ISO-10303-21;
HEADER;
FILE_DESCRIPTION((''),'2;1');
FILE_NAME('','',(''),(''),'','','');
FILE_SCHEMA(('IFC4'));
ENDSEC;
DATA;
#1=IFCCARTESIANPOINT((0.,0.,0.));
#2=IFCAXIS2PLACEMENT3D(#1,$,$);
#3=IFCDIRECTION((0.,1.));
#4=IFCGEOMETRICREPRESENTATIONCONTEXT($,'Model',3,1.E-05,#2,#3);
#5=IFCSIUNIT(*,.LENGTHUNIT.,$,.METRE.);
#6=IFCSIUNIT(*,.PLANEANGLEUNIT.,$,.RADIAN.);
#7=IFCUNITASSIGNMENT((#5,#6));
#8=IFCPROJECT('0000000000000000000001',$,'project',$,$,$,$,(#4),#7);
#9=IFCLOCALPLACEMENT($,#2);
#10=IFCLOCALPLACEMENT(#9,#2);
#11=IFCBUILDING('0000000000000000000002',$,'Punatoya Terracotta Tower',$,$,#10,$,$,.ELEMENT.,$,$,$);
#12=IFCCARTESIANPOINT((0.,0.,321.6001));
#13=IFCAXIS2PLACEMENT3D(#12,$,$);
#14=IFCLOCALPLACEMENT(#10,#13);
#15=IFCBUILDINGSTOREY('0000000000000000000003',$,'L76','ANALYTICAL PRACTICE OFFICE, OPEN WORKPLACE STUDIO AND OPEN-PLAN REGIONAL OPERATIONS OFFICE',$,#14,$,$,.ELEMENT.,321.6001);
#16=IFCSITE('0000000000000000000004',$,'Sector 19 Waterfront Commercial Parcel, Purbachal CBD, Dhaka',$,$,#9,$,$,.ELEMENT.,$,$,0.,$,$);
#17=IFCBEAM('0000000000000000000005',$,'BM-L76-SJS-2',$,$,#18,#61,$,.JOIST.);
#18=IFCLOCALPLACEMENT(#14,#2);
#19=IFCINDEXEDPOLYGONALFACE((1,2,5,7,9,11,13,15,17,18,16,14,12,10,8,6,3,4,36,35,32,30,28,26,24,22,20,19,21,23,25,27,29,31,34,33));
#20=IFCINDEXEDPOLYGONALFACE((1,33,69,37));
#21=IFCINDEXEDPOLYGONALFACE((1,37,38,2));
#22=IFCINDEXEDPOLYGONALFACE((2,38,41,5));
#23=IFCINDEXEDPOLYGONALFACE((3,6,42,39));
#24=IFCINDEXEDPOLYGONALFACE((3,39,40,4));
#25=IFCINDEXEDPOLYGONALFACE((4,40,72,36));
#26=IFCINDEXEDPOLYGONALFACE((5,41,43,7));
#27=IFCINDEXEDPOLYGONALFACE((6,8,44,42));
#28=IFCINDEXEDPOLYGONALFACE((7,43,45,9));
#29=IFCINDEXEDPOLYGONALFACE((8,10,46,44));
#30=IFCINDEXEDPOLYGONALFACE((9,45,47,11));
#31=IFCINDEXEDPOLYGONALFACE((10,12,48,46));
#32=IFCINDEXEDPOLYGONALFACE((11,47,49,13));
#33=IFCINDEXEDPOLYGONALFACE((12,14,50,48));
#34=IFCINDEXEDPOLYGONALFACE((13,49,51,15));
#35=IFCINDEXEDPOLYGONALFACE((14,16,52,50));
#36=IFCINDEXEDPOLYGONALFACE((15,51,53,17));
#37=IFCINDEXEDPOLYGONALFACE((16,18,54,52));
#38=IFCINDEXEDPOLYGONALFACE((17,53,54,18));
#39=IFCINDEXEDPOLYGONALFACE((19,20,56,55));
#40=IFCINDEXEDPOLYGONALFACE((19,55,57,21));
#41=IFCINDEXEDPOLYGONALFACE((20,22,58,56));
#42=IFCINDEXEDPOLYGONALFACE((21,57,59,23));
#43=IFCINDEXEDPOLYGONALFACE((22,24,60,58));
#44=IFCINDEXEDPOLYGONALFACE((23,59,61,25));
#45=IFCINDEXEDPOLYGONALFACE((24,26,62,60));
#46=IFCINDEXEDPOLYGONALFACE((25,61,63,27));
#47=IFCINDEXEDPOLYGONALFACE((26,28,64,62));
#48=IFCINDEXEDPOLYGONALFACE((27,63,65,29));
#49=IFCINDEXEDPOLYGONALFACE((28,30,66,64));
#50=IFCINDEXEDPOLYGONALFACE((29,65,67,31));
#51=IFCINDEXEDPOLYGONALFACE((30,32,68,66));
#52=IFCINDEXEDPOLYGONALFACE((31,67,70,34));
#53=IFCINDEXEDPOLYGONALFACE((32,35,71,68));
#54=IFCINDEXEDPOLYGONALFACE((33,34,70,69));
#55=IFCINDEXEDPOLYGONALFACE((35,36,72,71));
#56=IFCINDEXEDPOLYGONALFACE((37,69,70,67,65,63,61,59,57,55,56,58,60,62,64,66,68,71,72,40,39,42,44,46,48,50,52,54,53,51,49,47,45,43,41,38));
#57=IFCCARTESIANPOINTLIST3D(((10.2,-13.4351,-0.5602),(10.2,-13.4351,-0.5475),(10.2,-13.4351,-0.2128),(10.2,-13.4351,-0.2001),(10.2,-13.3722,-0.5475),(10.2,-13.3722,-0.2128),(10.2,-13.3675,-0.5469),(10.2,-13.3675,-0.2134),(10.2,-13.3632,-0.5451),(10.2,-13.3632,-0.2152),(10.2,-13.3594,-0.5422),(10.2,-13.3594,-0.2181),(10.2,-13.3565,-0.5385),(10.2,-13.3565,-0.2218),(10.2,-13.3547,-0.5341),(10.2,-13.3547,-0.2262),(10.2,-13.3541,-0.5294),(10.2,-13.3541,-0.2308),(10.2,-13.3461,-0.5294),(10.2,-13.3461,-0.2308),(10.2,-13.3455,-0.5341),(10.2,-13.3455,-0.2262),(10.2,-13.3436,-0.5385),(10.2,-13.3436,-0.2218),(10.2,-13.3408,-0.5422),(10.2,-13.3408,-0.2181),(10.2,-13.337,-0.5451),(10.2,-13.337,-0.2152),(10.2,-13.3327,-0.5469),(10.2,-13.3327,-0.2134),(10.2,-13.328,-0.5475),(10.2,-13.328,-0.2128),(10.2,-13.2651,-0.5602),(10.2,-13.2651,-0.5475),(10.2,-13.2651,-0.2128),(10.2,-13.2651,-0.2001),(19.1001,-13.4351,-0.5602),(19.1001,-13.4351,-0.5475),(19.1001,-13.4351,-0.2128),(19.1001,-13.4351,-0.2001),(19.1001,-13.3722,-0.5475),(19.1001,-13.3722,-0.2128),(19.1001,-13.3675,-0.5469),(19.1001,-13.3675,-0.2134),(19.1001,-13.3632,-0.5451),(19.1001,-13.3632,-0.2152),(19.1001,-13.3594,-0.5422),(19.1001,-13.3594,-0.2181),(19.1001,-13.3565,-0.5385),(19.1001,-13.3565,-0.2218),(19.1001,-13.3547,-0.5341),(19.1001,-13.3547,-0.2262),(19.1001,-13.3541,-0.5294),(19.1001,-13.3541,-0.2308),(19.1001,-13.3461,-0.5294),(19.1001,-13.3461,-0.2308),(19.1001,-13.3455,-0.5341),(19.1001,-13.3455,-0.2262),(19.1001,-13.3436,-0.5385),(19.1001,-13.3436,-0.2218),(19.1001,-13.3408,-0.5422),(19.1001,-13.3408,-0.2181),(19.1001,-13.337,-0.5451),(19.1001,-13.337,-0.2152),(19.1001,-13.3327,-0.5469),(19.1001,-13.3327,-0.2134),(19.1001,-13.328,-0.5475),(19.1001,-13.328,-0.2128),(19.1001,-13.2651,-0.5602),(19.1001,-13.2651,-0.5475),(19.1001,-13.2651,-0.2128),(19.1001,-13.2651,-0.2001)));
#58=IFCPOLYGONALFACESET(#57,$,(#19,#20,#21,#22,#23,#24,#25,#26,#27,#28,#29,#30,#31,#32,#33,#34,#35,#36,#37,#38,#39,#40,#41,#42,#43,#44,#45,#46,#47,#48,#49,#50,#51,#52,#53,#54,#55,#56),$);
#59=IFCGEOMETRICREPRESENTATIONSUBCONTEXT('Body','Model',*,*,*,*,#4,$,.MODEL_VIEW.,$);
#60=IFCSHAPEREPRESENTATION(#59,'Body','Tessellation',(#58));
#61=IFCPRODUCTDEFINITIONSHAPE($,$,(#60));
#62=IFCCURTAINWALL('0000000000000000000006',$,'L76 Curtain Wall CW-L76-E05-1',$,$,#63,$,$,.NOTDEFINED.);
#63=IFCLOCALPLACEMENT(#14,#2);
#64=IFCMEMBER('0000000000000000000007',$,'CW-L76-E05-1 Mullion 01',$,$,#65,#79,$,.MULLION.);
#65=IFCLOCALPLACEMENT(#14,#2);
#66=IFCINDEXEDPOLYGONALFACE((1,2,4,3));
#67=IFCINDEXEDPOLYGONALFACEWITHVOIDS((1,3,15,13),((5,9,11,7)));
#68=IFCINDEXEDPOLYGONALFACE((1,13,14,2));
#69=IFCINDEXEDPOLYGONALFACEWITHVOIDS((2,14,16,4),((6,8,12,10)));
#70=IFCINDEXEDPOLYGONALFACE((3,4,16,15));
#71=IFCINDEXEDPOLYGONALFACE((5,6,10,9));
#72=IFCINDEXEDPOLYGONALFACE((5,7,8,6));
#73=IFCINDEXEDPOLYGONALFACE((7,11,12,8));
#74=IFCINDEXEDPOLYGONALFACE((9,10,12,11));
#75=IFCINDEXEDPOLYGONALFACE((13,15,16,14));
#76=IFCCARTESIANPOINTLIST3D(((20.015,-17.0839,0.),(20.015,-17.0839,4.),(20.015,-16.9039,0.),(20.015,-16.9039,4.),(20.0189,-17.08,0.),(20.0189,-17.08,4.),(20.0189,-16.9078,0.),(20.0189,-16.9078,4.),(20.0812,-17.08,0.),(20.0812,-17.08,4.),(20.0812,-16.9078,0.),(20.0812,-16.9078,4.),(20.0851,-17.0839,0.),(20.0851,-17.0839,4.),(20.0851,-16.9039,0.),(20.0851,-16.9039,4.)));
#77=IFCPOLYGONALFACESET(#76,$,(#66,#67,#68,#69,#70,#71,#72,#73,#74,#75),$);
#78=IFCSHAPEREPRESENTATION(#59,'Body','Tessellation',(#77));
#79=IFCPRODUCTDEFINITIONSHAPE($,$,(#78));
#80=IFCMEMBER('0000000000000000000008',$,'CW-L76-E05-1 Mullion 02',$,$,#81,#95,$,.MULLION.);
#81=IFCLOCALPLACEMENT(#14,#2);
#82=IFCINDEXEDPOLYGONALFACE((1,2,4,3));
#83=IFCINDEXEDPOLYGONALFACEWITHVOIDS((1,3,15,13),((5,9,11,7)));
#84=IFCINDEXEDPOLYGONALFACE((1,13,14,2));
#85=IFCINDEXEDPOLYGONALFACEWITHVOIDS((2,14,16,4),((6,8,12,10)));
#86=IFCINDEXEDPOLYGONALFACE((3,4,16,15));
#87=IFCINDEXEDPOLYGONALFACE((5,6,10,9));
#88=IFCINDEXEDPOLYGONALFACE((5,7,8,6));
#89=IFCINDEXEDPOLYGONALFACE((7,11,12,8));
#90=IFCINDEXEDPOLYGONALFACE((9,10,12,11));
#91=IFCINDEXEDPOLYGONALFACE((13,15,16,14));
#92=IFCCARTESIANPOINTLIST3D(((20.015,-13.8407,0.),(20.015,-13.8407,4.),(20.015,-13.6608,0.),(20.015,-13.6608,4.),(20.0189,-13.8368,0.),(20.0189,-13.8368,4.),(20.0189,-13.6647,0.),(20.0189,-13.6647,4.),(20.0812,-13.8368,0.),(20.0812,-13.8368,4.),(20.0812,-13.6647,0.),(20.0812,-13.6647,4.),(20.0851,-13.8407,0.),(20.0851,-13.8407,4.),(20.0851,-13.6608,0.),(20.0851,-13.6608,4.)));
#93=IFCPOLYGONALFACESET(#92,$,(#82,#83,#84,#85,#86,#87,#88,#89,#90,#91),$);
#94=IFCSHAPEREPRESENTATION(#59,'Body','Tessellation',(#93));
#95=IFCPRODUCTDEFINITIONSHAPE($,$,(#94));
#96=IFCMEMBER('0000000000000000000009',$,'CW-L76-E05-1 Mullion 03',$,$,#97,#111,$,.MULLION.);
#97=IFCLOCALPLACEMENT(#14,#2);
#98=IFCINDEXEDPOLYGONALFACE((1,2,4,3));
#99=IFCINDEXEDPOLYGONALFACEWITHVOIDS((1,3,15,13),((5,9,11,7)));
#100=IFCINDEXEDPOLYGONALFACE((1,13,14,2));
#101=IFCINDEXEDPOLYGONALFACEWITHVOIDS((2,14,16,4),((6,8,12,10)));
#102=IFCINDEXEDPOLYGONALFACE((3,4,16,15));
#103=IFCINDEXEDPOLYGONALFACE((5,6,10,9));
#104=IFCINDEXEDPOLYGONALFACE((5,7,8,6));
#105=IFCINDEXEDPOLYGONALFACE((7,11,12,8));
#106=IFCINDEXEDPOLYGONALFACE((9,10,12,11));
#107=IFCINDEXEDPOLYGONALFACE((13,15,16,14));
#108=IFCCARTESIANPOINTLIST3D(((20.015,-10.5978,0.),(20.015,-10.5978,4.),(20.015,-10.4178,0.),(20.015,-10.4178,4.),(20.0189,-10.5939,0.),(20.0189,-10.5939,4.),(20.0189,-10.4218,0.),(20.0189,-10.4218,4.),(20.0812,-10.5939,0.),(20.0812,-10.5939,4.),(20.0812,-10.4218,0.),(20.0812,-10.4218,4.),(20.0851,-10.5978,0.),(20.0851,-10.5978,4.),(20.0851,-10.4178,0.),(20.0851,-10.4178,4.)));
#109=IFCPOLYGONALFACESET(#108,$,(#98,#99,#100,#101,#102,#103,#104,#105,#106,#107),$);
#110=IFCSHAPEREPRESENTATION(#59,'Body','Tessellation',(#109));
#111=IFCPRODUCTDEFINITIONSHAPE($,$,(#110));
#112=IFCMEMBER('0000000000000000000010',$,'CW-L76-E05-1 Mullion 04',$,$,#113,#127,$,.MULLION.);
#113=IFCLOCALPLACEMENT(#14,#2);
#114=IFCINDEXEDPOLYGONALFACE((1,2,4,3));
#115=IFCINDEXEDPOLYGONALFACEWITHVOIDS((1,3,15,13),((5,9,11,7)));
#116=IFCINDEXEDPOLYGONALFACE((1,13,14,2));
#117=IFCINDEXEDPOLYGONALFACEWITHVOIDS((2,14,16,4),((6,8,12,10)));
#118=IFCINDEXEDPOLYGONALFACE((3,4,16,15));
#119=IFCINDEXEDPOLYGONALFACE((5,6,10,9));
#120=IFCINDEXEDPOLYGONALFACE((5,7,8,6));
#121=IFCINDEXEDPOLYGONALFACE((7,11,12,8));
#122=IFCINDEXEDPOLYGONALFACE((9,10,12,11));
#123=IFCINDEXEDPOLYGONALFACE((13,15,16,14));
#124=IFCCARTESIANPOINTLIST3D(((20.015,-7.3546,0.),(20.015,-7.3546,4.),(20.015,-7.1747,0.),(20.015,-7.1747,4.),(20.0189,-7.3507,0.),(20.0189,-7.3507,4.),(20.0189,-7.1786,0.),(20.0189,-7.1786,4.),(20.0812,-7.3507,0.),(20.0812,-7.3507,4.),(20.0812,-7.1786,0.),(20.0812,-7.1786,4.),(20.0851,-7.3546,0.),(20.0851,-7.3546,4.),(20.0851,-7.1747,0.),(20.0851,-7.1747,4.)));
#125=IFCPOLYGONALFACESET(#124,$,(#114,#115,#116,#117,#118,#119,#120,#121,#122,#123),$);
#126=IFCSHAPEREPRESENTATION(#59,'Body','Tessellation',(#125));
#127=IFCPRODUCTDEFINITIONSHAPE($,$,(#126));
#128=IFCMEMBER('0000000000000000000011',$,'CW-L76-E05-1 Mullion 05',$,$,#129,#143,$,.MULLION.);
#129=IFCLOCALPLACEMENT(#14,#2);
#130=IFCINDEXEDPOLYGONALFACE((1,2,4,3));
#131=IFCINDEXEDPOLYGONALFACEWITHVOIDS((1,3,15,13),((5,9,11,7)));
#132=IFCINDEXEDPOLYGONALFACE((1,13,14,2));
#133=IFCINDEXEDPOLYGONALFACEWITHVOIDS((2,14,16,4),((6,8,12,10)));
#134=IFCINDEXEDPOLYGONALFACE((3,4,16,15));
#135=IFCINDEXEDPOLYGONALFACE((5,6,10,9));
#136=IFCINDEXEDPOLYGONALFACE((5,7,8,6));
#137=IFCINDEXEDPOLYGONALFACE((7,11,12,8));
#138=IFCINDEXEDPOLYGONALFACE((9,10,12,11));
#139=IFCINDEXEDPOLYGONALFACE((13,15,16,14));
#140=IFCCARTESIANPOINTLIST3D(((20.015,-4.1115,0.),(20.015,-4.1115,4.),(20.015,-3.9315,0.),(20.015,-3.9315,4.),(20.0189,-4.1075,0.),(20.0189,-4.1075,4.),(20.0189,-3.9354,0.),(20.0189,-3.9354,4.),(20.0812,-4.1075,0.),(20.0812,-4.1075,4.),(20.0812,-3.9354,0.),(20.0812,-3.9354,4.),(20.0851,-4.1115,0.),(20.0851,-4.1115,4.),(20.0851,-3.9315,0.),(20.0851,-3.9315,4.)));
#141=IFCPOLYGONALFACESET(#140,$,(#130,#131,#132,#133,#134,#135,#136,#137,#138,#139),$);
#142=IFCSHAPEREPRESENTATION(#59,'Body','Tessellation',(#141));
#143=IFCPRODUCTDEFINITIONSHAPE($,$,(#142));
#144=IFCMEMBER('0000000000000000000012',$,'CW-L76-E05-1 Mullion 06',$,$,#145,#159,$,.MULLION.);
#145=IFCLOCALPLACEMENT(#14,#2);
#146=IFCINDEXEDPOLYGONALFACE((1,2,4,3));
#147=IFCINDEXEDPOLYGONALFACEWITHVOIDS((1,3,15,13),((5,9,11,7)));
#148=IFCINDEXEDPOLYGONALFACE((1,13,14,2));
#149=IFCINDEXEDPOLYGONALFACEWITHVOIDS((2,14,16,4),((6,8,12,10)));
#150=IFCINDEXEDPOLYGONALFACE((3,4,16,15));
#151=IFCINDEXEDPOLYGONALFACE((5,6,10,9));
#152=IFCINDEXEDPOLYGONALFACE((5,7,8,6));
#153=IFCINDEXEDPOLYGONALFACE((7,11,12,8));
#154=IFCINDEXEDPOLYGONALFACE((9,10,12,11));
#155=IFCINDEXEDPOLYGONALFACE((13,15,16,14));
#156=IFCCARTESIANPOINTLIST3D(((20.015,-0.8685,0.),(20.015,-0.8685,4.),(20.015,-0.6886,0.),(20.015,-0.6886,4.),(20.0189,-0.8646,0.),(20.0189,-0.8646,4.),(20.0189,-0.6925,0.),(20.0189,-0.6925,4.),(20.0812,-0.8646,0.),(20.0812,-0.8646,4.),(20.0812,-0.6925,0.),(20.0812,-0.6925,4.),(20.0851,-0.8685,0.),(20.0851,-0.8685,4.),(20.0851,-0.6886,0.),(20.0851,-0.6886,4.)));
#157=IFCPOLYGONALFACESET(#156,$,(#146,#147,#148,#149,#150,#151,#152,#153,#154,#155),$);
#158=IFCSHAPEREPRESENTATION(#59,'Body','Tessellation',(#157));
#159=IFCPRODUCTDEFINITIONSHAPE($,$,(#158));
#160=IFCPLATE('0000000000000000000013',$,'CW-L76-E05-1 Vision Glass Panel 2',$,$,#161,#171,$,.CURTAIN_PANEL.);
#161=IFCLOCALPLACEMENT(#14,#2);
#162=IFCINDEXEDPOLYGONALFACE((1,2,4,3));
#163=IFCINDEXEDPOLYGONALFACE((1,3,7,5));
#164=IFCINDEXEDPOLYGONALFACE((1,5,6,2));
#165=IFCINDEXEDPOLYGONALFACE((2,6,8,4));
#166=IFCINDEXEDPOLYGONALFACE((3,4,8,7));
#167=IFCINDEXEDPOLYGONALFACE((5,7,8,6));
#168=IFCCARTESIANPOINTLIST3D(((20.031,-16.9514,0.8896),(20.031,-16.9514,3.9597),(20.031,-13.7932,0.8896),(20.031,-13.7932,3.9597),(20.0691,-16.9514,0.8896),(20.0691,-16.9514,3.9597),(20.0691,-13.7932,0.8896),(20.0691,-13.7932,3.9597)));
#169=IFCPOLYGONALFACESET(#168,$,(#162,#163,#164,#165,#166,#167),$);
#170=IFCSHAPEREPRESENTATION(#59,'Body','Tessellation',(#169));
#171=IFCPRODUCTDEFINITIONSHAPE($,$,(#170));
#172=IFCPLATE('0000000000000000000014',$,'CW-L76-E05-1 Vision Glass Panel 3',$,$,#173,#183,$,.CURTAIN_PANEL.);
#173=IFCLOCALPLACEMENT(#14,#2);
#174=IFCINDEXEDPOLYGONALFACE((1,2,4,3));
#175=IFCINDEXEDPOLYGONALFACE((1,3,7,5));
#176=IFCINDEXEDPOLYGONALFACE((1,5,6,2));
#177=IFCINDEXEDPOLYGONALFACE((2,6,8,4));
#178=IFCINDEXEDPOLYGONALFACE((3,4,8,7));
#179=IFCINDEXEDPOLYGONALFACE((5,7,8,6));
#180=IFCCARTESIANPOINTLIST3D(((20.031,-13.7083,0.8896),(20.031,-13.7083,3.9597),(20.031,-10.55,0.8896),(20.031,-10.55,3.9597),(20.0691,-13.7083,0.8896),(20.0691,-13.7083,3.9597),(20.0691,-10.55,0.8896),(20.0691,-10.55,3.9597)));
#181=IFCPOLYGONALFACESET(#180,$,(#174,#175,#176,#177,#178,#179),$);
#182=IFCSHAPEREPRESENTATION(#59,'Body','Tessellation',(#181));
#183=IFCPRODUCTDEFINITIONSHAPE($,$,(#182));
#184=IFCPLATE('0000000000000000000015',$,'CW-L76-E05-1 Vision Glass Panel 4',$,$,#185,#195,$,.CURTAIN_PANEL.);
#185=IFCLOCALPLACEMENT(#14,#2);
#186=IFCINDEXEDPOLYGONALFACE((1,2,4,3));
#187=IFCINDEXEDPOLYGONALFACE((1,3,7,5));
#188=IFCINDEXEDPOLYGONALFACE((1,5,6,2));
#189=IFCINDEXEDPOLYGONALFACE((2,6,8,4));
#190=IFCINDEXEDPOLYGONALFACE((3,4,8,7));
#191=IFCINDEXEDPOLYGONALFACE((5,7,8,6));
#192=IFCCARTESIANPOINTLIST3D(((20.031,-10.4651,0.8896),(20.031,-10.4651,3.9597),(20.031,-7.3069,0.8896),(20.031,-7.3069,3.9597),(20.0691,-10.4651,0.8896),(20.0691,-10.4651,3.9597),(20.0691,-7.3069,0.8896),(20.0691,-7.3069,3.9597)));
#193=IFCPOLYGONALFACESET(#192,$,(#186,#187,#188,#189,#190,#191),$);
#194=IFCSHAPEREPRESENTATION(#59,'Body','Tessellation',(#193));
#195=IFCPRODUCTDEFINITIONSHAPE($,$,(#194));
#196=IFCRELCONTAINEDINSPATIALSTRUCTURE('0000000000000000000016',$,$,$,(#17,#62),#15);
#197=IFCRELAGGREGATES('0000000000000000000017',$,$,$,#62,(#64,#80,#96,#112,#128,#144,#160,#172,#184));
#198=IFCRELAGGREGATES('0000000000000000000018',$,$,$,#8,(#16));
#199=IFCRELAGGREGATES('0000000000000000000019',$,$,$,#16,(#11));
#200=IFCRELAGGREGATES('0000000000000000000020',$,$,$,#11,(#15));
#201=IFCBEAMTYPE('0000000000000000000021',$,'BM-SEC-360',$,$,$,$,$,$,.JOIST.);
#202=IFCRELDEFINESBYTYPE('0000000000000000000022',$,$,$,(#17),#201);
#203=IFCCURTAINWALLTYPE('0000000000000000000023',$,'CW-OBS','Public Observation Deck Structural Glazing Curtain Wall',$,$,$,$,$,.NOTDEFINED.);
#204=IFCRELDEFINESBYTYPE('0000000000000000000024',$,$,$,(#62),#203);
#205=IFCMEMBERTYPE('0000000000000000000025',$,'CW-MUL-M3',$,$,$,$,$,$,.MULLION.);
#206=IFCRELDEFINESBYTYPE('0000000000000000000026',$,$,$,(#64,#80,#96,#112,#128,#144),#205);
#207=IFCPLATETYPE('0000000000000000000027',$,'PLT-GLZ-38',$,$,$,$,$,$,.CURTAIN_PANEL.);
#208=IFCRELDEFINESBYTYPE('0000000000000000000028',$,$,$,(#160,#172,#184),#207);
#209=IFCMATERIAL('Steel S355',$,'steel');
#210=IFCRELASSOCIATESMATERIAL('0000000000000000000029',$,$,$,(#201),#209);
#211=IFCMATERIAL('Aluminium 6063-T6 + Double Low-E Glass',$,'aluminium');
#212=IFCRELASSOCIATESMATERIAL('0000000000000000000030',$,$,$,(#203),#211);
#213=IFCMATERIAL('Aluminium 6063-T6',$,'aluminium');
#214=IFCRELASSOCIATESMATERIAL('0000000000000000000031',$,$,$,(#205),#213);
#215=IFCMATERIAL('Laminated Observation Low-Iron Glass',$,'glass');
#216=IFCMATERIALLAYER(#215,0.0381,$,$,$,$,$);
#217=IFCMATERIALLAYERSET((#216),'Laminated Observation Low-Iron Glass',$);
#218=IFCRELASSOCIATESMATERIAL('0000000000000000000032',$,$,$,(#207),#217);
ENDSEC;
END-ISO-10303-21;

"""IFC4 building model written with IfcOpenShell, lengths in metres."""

from ifc_helpers import new_model, si_unit, direction, frame, origin, origin_2d, place, context, subcontext, project, spatial, rectangle, hollow_rectangle, i_section, extrude, material, layer, layer_set, material_profile, profile_set, type_object, element, aggregate, save


model = new_model("IFC4")

# Units and contexts
model_context = context("Model", 3, precision=1e-05, world=origin(), true_north=direction((0.0, 1.0)))
body_context = subcontext(model_context, "Body", "Model", "MODEL_VIEW")
ifc_project = project(units=[si_unit("LENGTHUNIT", "METRE"), si_unit("PLANEANGLEUNIT", "RADIAN")], contexts=[model_context])

# Site, building, storey
site_placement = place(None, origin())
site = spatial("IfcSite", under=ifc_project, at=site_placement, Name="Sector 19 Waterfront Commercial Parcel, Purbachal CBD, Dhaka", CompositionType="ELEMENT", RefElevation=0.0)
building_placement = place(site_placement, origin())
building = spatial("IfcBuilding", under=site, at=building_placement, Name="Punatoya Terracotta Tower", CompositionType="ELEMENT")
storey_placement = place(building_placement, frame((0.0, 0.0, 321.6001)))
storey = spatial("IfcBuildingStorey", under=building, at=storey_placement, Name="L76", Description="ANALYTICAL PRACTICE OFFICE, OPEN WORKPLACE STUDIO AND OPEN-PLAN REGIONAL OPERATIONS OFFICE", CompositionType="ELEMENT", Elevation=321.6001)

# Beam
ifc_material_1 = material(Name="Steel S355", Category="steel")
ifc_material_profile_1 = material_profile(ifc_material_1, i_section(OverallWidth=0.1699, OverallDepth=0.3601, WebThickness=0.0081, FlangeThickness=0.0127, FilletRadius=0.0181, at=origin_2d()))
ifc_profile_set_1 = profile_set([ifc_material_profile_1], Name="Steel S355")
beam_type_1 = type_object("IfcBeamType", Name="BM-SEC-360", PredefinedType="JOIST", material=ifc_profile_set_1)
beam_1_placement = place(storey_placement, frame((10.2, -13.3501, -0.3801), z_axis=(1.0, 0.0, 0.0), x_axis=(0.0, 1.0, 0.0)))
element("IfcBeam", 1, at=beam_1_placement, inside=storey, type_object=beam_type_1, Name="BM-L76-SJS-2", PredefinedType="JOIST", context=body_context, shape_type="SweptSolid", body=[
    extrude(i_section(OverallWidth=0.1699, OverallDepth=0.3601, WebThickness=0.0081, FlangeThickness=0.0127, FilletRadius=0.0181, at=origin_2d()), origin(), (0.0, 0.0, 1.0), 8.9001),
])

# Curtain wall, members, plates
ifc_material_2 = material(Name="Aluminium 6063-T6 + Double Low-E Glass", Category="aluminium")
curtain_wall_type = type_object("IfcCurtainWallType", Name="CW-OBS", Description="Public Observation Deck Structural Glazing Curtain Wall", PredefinedType="NOTDEFINED", material=ifc_material_2)
curtain_wall_placement = place(storey_placement, origin())
curtain_wall = element("IfcCurtainWall", 2, at=curtain_wall_placement, inside=storey, type_object=curtain_wall_type, Name="L76 Curtain Wall CW-L76-E05-1", PredefinedType="NOTDEFINED")
ifc_material_3 = material(Name="Aluminium 6063-T6", Category="aluminium")
ifc_material_profile_2 = material_profile(ifc_material_3, hollow_rectangle(XDim=0.0701, YDim=0.1799, WallThickness=0.0039, at=origin_2d()))
ifc_profile_set_2 = profile_set([ifc_material_profile_2], Name="Aluminium 6063-T6")
member_type = type_object("IfcMemberType", Name="CW-MUL-M3", PredefinedType="MULLION", material=ifc_profile_set_2)
member_1_placement = place(storey_placement, frame((20.05, -16.9939, 0.0), z_axis=(0.0, 0.0, 1.0), x_axis=(1.0, 0.0, 0.0)))
member_1 = element("IfcMember", 3, at=member_1_placement, type_object=member_type, Name="CW-L76-E05-1 Mullion 01", PredefinedType="MULLION", context=body_context, shape_type="SweptSolid", body=[
    extrude(hollow_rectangle(XDim=0.0701, YDim=0.1799, WallThickness=0.0039, at=origin_2d()), origin(), (0.0, 0.0, 1.0), 4.0),
])
member_2_placement = place(storey_placement, frame((20.05, -13.7507, 0.0), z_axis=(0.0, 0.0, 1.0), x_axis=(1.0, 0.0, 0.0)))
member_2 = element("IfcMember", 4, at=member_2_placement, type_object=member_type, Name="CW-L76-E05-1 Mullion 02", PredefinedType="MULLION", context=body_context, shape_type="SweptSolid", body=[
    extrude(hollow_rectangle(XDim=0.0701, YDim=0.1799, WallThickness=0.0039, at=origin_2d()), origin(), (0.0, 0.0, 1.0), 4.0),
])
member_3_placement = place(storey_placement, frame((20.05, -10.5078, 0.0), z_axis=(0.0, 0.0, 1.0), x_axis=(1.0, 0.0, 0.0)))
member_3 = element("IfcMember", 5, at=member_3_placement, type_object=member_type, Name="CW-L76-E05-1 Mullion 03", PredefinedType="MULLION", context=body_context, shape_type="SweptSolid", body=[
    extrude(hollow_rectangle(XDim=0.0701, YDim=0.1799, WallThickness=0.0039, at=origin_2d()), origin(), (0.0, 0.0, 1.0), 4.0),
])
member_4_placement = place(storey_placement, frame((20.05, -7.2646, 0.0), z_axis=(0.0, 0.0, 1.0), x_axis=(1.0, 0.0, 0.0)))
member_4 = element("IfcMember", 6, at=member_4_placement, type_object=member_type, Name="CW-L76-E05-1 Mullion 04", PredefinedType="MULLION", context=body_context, shape_type="SweptSolid", body=[
    extrude(hollow_rectangle(XDim=0.0701, YDim=0.1799, WallThickness=0.0039, at=origin_2d()), origin(), (0.0, 0.0, 1.0), 4.0),
])
member_5_placement = place(storey_placement, frame((20.05, -4.0215, 0.0), z_axis=(0.0, 0.0, 1.0), x_axis=(1.0, 0.0, 0.0)))
member_5 = element("IfcMember", 7, at=member_5_placement, type_object=member_type, Name="CW-L76-E05-1 Mullion 05", PredefinedType="MULLION", context=body_context, shape_type="SweptSolid", body=[
    extrude(hollow_rectangle(XDim=0.0701, YDim=0.1799, WallThickness=0.0039, at=origin_2d()), origin(), (0.0, 0.0, 1.0), 4.0),
])
member_6_placement = place(storey_placement, frame((20.05, -0.7786, 0.0), z_axis=(0.0, 0.0, 1.0), x_axis=(1.0, 0.0, 0.0)))
member_6 = element("IfcMember", 8, at=member_6_placement, type_object=member_type, Name="CW-L76-E05-1 Mullion 06", PredefinedType="MULLION", context=body_context, shape_type="SweptSolid", body=[
    extrude(hollow_rectangle(XDim=0.0701, YDim=0.1799, WallThickness=0.0039, at=origin_2d()), origin(), (0.0, 0.0, 1.0), 4.0),
])
ifc_material_4 = material(Name="Laminated Observation Low-Iron Glass", Category="glass")
ifc_layer_1 = layer(ifc_material_4, 0.0381)
ifc_layer_set_1 = layer_set([ifc_layer_1], Name="Laminated Observation Low-Iron Glass")
plate_type_1 = type_object("IfcPlateType", Name="PLT-GLZ-38", PredefinedType="CURTAIN_PANEL", material=ifc_layer_set_1)
plate_1_placement = place(storey_placement, frame((20.05, -15.3723, 0.8896), z_axis=(0.0, 0.0, 1.0), x_axis=(0.0, 1.0, 0.0)))
plate_1 = element("IfcPlate", 9, at=plate_1_placement, type_object=plate_type_1, Name="CW-L76-E05-1 Vision Glass Panel 2", PredefinedType="CURTAIN_PANEL", context=body_context, shape_type="SweptSolid", body=[
    extrude(rectangle(XDim=3.1582, YDim=0.0381, at=origin_2d()), origin(), (0.0, 0.0, 1.0), 3.0701),
])
plate_2_placement = place(storey_placement, frame((20.05, -12.1292, 0.8896), z_axis=(0.0, 0.0, 1.0), x_axis=(0.0, 1.0, 0.0)))
plate_2 = element("IfcPlate", 10, at=plate_2_placement, type_object=plate_type_1, Name="CW-L76-E05-1 Vision Glass Panel 3", PredefinedType="CURTAIN_PANEL", context=body_context, shape_type="SweptSolid", body=[
    extrude(rectangle(XDim=3.1582, YDim=0.0381, at=origin_2d()), origin(), (0.0, 0.0, 1.0), 3.0701),
])
plate_3_placement = place(storey_placement, frame((20.05, -8.886, 0.8896), z_axis=(0.0, 0.0, 1.0), x_axis=(0.0, 1.0, 0.0)))
plate_3 = element("IfcPlate", 11, at=plate_3_placement, type_object=plate_type_1, Name="CW-L76-E05-1 Vision Glass Panel 4", PredefinedType="CURTAIN_PANEL", context=body_context, shape_type="SweptSolid", body=[
    extrude(rectangle(XDim=3.1582, YDim=0.0381, at=origin_2d()), origin(), (0.0, 0.0, 1.0), 3.0701),
])
aggregate(curtain_wall, [member_1, member_2, member_3, member_4, member_5, member_6, plate_1, plate_2, plate_3])

save(model, "model.ifc")
